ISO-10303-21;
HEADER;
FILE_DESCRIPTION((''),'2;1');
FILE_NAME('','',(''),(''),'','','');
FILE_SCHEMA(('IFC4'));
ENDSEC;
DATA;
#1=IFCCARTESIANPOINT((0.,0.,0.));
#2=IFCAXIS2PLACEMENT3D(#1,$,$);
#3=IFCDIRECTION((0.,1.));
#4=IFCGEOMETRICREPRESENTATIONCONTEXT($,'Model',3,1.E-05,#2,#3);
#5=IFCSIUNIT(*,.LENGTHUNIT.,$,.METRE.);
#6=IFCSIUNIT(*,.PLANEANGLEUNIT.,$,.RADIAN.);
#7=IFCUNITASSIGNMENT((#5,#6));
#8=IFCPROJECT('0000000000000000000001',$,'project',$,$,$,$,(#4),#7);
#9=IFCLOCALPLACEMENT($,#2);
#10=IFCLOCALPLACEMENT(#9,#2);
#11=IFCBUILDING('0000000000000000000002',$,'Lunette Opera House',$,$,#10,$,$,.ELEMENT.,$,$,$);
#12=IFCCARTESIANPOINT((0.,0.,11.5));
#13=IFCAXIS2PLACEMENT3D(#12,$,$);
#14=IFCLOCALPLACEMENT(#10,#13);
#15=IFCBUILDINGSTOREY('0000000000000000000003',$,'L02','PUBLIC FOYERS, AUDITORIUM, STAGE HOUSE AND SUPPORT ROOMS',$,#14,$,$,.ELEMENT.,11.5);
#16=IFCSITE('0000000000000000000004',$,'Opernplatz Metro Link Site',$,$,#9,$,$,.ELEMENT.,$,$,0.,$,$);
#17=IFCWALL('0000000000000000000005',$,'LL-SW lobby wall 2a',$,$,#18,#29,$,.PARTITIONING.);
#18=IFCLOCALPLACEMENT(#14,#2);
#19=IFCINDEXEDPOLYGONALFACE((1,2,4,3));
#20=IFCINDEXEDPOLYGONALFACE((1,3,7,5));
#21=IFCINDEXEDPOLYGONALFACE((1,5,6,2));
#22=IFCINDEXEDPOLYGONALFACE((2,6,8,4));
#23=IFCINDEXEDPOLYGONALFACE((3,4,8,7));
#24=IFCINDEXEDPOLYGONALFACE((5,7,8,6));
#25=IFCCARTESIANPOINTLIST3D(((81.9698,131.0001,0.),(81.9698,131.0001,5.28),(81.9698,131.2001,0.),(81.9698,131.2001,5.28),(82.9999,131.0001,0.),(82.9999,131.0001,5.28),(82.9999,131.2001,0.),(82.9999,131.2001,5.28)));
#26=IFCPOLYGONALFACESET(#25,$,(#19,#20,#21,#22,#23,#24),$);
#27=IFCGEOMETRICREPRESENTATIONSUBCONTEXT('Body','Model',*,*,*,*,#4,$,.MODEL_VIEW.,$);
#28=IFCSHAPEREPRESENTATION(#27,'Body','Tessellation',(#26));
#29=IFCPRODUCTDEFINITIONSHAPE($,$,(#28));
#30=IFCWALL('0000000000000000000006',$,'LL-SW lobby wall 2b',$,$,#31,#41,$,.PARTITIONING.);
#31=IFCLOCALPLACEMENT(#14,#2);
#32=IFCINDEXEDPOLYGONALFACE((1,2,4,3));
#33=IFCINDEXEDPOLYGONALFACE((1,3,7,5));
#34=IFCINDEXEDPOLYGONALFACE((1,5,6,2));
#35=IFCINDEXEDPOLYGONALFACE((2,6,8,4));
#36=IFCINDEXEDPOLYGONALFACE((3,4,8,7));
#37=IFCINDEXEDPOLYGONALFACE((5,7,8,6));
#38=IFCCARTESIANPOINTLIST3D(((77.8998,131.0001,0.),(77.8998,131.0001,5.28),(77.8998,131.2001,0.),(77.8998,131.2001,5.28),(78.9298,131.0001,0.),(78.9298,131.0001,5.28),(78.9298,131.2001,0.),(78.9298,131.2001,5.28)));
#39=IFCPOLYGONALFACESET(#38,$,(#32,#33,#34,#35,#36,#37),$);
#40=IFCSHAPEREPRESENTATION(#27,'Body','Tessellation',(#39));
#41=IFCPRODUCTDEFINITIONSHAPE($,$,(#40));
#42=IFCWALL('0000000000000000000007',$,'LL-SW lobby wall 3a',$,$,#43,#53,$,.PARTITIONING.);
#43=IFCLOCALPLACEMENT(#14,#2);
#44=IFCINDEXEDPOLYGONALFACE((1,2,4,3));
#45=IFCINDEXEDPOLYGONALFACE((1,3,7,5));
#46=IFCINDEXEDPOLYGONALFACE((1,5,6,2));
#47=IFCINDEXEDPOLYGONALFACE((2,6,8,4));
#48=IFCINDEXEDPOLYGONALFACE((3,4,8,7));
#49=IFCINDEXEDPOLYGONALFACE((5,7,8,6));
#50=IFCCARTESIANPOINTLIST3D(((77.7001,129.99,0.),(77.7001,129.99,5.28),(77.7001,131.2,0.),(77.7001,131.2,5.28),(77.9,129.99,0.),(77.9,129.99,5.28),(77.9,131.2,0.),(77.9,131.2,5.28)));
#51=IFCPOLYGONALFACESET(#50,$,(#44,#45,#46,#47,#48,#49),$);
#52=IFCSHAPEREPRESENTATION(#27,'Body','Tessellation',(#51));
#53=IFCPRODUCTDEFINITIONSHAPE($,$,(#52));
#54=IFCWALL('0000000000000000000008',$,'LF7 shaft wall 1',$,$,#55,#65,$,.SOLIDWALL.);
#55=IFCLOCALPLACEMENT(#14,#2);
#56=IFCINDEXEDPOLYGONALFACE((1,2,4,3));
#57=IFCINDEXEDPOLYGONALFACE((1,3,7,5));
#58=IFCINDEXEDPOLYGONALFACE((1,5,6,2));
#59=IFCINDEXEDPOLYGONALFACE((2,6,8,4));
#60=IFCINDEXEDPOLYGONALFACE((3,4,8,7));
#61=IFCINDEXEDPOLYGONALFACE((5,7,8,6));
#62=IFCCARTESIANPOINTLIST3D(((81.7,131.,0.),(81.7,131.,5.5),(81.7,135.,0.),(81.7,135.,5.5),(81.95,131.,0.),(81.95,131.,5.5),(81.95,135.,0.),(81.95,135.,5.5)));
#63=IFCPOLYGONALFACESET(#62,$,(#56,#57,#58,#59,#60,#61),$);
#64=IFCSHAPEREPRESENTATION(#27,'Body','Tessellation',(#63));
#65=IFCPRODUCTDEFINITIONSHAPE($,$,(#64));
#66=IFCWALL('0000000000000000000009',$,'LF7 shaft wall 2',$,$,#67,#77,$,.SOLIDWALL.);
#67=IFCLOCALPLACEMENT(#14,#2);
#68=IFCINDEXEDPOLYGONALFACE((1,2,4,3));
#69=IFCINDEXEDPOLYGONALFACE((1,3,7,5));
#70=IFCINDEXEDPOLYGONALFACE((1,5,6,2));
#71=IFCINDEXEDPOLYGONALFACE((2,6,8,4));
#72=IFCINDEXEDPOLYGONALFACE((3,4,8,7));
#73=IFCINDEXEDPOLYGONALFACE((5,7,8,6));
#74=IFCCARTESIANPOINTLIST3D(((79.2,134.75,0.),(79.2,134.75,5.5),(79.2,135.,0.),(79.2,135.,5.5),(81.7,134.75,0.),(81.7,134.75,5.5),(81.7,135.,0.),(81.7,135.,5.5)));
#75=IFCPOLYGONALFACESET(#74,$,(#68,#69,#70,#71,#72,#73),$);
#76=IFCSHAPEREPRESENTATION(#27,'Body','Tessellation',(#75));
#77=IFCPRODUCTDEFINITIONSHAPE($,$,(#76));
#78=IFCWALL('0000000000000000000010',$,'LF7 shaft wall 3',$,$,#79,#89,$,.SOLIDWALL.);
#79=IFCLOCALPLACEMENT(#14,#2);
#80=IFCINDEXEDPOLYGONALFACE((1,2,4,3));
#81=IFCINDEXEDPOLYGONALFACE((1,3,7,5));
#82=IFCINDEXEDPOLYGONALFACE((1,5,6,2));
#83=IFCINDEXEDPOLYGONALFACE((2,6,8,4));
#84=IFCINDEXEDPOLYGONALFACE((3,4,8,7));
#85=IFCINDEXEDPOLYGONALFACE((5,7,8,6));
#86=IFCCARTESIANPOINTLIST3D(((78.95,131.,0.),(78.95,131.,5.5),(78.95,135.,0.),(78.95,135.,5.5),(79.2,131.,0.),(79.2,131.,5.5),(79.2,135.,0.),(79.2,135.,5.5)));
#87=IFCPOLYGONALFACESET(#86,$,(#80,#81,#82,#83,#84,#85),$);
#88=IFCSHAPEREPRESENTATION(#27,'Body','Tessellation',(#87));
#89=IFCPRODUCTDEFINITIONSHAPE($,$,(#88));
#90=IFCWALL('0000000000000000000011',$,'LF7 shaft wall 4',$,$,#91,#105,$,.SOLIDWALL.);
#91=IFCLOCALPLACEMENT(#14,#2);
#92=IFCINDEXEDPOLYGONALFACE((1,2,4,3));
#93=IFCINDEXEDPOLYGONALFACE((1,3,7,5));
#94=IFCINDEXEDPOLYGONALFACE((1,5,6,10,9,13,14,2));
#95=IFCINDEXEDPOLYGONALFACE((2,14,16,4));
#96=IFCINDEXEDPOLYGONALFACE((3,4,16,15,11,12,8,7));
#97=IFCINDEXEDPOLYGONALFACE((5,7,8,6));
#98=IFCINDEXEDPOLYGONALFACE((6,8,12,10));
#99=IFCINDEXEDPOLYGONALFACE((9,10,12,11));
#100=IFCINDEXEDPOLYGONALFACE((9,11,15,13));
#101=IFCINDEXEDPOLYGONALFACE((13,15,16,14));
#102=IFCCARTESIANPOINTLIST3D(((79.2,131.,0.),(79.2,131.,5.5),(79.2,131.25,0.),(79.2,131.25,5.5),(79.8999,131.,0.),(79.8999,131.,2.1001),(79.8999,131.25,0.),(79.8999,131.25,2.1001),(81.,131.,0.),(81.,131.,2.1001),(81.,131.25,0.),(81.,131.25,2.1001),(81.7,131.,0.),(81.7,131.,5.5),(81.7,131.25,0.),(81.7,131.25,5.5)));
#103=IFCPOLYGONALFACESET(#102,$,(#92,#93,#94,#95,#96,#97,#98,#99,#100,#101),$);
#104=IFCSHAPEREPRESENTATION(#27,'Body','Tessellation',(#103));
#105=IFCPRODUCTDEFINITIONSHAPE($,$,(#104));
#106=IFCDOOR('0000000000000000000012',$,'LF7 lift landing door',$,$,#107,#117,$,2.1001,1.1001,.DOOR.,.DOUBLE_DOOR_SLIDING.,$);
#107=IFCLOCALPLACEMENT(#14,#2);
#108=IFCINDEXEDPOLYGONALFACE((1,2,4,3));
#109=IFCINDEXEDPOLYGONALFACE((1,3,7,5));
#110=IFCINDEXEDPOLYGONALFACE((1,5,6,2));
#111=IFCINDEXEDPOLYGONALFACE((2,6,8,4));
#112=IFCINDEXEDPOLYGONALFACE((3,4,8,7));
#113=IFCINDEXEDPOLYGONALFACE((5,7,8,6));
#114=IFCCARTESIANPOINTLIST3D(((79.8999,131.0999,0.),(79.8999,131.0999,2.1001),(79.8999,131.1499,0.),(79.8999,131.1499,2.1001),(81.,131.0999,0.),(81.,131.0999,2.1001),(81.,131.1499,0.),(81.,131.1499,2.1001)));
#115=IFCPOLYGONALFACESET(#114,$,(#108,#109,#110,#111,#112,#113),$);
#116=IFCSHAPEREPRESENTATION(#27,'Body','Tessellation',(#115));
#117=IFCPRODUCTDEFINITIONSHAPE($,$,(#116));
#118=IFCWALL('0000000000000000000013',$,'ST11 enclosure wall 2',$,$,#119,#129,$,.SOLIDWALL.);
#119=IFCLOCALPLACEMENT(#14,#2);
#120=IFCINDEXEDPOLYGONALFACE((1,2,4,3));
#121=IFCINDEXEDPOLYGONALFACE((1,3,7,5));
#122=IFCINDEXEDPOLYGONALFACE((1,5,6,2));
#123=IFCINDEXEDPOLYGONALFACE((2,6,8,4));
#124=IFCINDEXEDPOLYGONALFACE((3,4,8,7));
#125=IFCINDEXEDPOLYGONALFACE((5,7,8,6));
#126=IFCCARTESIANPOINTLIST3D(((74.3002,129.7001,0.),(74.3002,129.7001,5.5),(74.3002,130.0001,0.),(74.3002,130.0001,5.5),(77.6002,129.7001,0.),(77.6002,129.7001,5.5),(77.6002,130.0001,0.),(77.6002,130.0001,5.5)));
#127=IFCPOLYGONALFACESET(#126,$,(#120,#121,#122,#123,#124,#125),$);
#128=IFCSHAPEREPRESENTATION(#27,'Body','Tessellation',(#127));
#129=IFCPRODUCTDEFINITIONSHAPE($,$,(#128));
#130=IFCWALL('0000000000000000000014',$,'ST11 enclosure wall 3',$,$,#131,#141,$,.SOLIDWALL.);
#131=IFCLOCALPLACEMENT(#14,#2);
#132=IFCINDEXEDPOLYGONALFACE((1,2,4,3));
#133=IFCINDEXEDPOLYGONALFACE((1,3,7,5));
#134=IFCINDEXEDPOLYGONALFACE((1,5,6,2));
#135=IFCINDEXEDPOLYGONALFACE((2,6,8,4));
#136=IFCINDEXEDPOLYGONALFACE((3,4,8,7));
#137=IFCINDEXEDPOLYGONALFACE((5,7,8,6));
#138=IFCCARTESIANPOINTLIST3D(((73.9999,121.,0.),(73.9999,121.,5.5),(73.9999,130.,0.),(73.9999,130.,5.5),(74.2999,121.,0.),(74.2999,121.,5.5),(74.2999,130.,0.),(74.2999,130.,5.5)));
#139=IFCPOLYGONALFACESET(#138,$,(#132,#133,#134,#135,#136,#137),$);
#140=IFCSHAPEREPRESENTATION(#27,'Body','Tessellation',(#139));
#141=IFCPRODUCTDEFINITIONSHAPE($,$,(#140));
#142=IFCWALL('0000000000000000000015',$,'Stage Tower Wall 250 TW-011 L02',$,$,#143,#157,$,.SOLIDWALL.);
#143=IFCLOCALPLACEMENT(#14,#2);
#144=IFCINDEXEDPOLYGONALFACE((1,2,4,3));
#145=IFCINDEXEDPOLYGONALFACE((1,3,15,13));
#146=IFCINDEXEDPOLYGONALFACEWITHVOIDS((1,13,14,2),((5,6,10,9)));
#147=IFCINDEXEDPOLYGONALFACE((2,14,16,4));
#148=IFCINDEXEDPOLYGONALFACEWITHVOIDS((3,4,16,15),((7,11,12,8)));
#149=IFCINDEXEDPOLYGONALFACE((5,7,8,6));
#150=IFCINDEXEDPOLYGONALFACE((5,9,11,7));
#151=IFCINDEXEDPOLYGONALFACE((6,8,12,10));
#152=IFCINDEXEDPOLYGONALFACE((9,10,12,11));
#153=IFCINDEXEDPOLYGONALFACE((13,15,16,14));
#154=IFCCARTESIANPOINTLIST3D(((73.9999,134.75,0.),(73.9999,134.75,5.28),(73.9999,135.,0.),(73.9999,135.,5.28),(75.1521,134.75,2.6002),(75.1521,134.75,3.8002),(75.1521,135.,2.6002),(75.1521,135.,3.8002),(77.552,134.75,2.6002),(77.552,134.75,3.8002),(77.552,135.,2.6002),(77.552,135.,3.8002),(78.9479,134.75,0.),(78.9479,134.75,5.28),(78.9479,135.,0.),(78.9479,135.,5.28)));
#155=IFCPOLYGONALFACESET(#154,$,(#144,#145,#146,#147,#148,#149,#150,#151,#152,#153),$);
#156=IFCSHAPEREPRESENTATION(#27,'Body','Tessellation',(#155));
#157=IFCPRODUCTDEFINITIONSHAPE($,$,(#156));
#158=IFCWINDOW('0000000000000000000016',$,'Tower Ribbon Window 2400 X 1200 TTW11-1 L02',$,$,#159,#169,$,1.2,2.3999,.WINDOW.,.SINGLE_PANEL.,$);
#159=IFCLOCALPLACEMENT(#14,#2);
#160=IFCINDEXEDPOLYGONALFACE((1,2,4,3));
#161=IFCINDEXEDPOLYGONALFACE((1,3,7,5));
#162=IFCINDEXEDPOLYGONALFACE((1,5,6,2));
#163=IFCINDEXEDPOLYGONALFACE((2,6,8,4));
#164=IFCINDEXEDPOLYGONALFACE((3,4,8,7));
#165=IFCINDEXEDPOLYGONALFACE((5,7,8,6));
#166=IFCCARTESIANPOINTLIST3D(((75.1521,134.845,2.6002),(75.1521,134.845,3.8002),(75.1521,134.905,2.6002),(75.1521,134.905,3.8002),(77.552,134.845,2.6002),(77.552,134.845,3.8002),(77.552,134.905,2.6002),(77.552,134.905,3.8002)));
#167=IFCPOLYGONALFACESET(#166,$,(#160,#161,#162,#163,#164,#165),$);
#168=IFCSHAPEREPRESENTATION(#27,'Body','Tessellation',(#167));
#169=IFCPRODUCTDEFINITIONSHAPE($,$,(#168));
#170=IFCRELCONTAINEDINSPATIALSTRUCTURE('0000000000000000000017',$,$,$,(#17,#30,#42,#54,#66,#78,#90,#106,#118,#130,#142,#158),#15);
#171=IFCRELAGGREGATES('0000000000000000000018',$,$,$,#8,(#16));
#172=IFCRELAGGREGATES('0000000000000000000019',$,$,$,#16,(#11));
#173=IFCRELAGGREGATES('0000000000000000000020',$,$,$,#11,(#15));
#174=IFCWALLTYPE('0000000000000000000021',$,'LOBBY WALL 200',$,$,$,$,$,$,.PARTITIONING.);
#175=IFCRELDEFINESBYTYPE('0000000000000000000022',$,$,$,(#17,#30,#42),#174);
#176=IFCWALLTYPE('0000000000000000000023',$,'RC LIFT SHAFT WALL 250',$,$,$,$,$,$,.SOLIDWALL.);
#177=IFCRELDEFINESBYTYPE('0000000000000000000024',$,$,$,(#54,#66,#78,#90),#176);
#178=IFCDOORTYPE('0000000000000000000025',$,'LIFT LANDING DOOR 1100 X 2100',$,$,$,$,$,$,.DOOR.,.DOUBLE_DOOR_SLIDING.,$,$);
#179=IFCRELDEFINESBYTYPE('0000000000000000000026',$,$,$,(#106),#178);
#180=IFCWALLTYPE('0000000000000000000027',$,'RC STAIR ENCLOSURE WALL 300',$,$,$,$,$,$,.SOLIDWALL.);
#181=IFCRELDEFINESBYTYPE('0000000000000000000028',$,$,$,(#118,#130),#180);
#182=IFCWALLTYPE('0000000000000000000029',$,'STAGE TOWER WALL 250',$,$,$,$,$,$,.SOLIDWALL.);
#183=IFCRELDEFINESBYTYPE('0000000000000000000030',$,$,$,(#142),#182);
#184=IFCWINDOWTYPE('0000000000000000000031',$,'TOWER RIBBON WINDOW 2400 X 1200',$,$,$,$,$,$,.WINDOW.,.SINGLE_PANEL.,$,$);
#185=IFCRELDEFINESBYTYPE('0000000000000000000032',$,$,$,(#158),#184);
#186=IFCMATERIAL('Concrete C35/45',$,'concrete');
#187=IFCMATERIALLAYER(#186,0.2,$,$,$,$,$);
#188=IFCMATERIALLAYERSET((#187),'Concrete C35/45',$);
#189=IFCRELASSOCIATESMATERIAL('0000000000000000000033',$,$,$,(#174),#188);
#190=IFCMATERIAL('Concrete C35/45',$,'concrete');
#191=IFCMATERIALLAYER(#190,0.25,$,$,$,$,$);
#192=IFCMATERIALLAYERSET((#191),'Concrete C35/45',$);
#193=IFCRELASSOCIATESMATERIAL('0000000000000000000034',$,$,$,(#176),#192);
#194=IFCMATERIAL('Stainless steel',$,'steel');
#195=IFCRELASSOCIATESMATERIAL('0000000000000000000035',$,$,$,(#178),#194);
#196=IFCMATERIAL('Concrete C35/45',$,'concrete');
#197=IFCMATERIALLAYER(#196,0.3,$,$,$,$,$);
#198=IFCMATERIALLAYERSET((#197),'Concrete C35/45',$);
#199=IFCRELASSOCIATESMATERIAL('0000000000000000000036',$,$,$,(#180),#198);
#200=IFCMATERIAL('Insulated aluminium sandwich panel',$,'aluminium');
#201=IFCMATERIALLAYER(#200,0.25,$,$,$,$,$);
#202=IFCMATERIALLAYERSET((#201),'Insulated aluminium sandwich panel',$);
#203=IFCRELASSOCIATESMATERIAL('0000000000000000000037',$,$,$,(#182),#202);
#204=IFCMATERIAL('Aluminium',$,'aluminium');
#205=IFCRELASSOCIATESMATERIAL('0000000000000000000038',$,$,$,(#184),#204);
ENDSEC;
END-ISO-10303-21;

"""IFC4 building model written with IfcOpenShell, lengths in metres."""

from ifc_helpers import new_model, si_unit, direction, frame, frame_2d, origin, place, context, subcontext, project, spatial, rectangle, extrude, material, layer, layer_set, type_object, element, fill, save


model = new_model("IFC4")

# Units and contexts
model_context = context("Model", 3, precision=1e-05, world=origin(), true_north=direction((0.0, 1.0)))
body_context = subcontext(model_context, "Body", "Model", "MODEL_VIEW")
ifc_project = project(units=[si_unit("LENGTHUNIT", "METRE"), si_unit("PLANEANGLEUNIT", "RADIAN")], contexts=[model_context])

# Site, building, storey
site_placement = place(None, origin())
site = spatial("IfcSite", under=ifc_project, at=site_placement, Name="Opernplatz Metro Link Site", CompositionType="ELEMENT", RefElevation=0.0)
building_placement = place(site_placement, origin())
building = spatial("IfcBuilding", under=site, at=building_placement, Name="Lunette Opera House", CompositionType="ELEMENT")
storey_placement = place(building_placement, frame((0.0, 0.0, 11.5)))
storey = spatial("IfcBuildingStorey", under=building, at=storey_placement, Name="L02", Description="PUBLIC FOYERS, AUDITORIUM, STAGE HOUSE AND SUPPORT ROOMS", CompositionType="ELEMENT", Elevation=11.5)

# Walls
ifc_material_1 = material(Name="Concrete C35/45", Category="concrete")
ifc_layer_1 = layer(ifc_material_1, 0.2)
ifc_layer_set_1 = layer_set([ifc_layer_1], Name="Concrete C35/45")
wall_type_1 = type_object("IfcWallType", Name="LOBBY WALL 200", PredefinedType="PARTITIONING", material=ifc_layer_set_1)
for number, where, z_axis, x_axis, name in (
    (1, (83.0, 131.1001, 0.0), (0.0, 0.0, 1.0), (-1.0, 0.0, 0.0), "LL-SW lobby wall 2a"),
    (2, (78.9299, 131.1001, 0.0), (0.0, 0.0, 1.0), (-1.0, 0.0, 0.0), "LL-SW lobby wall 2b"),
):
    element("IfcWall", number, at=place(storey_placement, frame(where, z_axis=z_axis, x_axis=x_axis)), inside=storey, type_object=wall_type_1, Name=name, PredefinedType="PARTITIONING", context=body_context, shape_type="SweptSolid", body=[
        extrude(rectangle(XDim=1.03, YDim=0.2, at=frame_2d((0.5151, 0.0))), origin(), (0.0, 0.0, 1.0), 5.28),
    ])
wall_1_placement = place(storey_placement, frame((77.8, 131.2, 0.0), z_axis=(0.0, 0.0, 1.0), x_axis=(0.0, -1.0, 0.0)))
element("IfcWall", 3, at=wall_1_placement, inside=storey, type_object=wall_type_1, Name="LL-SW lobby wall 3a", PredefinedType="PARTITIONING", context=body_context, shape_type="SweptSolid", body=[
    extrude(rectangle(XDim=1.21, YDim=0.2, at=frame_2d((0.605, 0.0))), origin(), (0.0, 0.0, 1.0), 5.28),
])
ifc_material_2 = material(Name="Concrete C35/45", Category="concrete")
ifc_layer_2 = layer(ifc_material_2, 0.25)
ifc_layer_set_2 = layer_set([ifc_layer_2], Name="Concrete C35/45")
wall_type_2 = type_object("IfcWallType", Name="RC LIFT SHAFT WALL 250", PredefinedType="SOLIDWALL", material=ifc_layer_set_2)
wall_2_placement = place(storey_placement, frame((81.825, 131.0, 0.0), z_axis=(0.0, 0.0, 1.0), x_axis=(0.0, 1.0, 0.0)))
element("IfcWall", 4, at=wall_2_placement, inside=storey, type_object=wall_type_2, Name="LF7 shaft wall 1", PredefinedType="SOLIDWALL", context=body_context, shape_type="SweptSolid", body=[
    extrude(rectangle(XDim=4.0, YDim=0.25, at=frame_2d((2.0, 0.0))), origin(), (0.0, 0.0, 1.0), 5.5),
])
wall_3_placement = place(storey_placement, frame((81.7, 134.875, 0.0), z_axis=(0.0, 0.0, 1.0), x_axis=(-1.0, 0.0, 0.0)))
element("IfcWall", 5, at=wall_3_placement, inside=storey, type_object=wall_type_2, Name="LF7 shaft wall 2", PredefinedType="SOLIDWALL", context=body_context, shape_type="SweptSolid", body=[
    extrude(rectangle(XDim=2.5, YDim=0.25, at=frame_2d((1.25, 0.0))), origin(), (0.0, 0.0, 1.0), 5.5),
])
wall_4_placement = place(storey_placement, frame((79.075, 135.0, 0.0), z_axis=(0.0, 0.0, 1.0), x_axis=(0.0, -1.0, 0.0)))
element("IfcWall", 6, at=wall_4_placement, inside=storey, type_object=wall_type_2, Name="LF7 shaft wall 3", PredefinedType="SOLIDWALL", context=body_context, shape_type="SweptSolid", body=[
    extrude(rectangle(XDim=4.0, YDim=0.25, at=frame_2d((2.0, 0.0))), origin(), (0.0, 0.0, 1.0), 5.5),
])

# Wall, opening, door
wall_5_placement = place(storey_placement, frame((79.2, 131.125, 0.0), z_axis=(0.0, 0.0, 1.0), x_axis=(1.0, 0.0, 0.0)))
wall_5 = element("IfcWall", 7, at=wall_5_placement, inside=storey, type_object=wall_type_2, Name="LF7 shaft wall 4", PredefinedType="SOLIDWALL", context=body_context, shape_type="SweptSolid", body=[
    extrude(rectangle(XDim=2.5, YDim=0.25, at=frame_2d((1.25, 0.0))), origin(), (0.0, 0.0, 1.0), 5.5),
])
opening_1_placement = place(wall_5_placement, frame((0.7, 0.0, 0.0)))
opening_1 = element("IfcOpeningElement", 8, at=opening_1_placement, cuts=wall_5, PredefinedType="OPENING", context=body_context, shape_type="SweptSolid", body=[
    extrude(rectangle(XDim=1.1001, YDim=2.1001, at=frame_2d((0.55, 1.05))), frame((0.0, 0.137, 0.0), z_axis=(0.0, -1.0, 0.0), x_axis=(1.0, 0.0, 0.0)), (0.0, 0.0, 1.0), 0.2739),
])
ifc_material_3 = material(Name="Stainless steel", Category="steel")
door_type = type_object("IfcDoorType", Name="LIFT LANDING DOOR 1100 X 2100", OperationType="DOUBLE_DOOR_SLIDING", PredefinedType="DOOR", material=ifc_material_3)
door_placement = place(opening_1_placement, origin())
door = element("IfcDoor", 9, at=door_placement, inside=storey, type_object=door_type, Name="LF7 lift landing door", OperationType="DOUBLE_DOOR_SLIDING", OverallHeight=2.1001, OverallWidth=1.1001, PredefinedType="DOOR", context=body_context, shape_type="SweptSolid", body=[
    extrude(rectangle(XDim=1.1001, YDim=2.1001, at=frame_2d((0.55, 1.05))), frame((0.0, 0.0249, 0.0), z_axis=(0.0, -1.0, 0.0), x_axis=(1.0, 0.0, 0.0)), (0.0, 0.0, 1.0), 0.05),
])
fill(opening_1, door)

# Walls
ifc_material_4 = material(Name="Concrete C35/45", Category="concrete")
ifc_layer_3 = layer(ifc_material_4, 0.3)
ifc_layer_set_3 = layer_set([ifc_layer_3], Name="Concrete C35/45")
wall_type_3 = type_object("IfcWallType", Name="RC STAIR ENCLOSURE WALL 300", PredefinedType="SOLIDWALL", material=ifc_layer_set_3)
wall_6_placement = place(storey_placement, frame((77.6001, 129.8501, 0.0), z_axis=(0.0, 0.0, 1.0), x_axis=(-1.0, 0.0, 0.0)))
element("IfcWall", 10, at=wall_6_placement, inside=storey, type_object=wall_type_3, Name="ST11 enclosure wall 2", PredefinedType="SOLIDWALL", context=body_context, shape_type="SweptSolid", body=[
    extrude(rectangle(XDim=3.3, YDim=0.3, at=frame_2d((1.6499, 0.0))), origin(), (0.0, 0.0, 1.0), 5.5),
])
wall_7_placement = place(storey_placement, frame((74.1499, 130.0, 0.0), z_axis=(0.0, 0.0, 1.0), x_axis=(0.0, -1.0, 0.0)))
element("IfcWall", 11, at=wall_7_placement, inside=storey, type_object=wall_type_3, Name="ST11 enclosure wall 3", PredefinedType="SOLIDWALL", context=body_context, shape_type="SweptSolid", body=[
    extrude(rectangle(XDim=9.0, YDim=0.3, at=frame_2d((4.5, 0.0))), origin(), (0.0, 0.0, 1.0), 5.5),
])

# Wall, opening, window
ifc_material_5 = material(Name="Insulated aluminium sandwich panel", Category="aluminium")
ifc_layer_4 = layer(ifc_material_5, 0.25)
ifc_layer_set_4 = layer_set([ifc_layer_4], Name="Insulated aluminium sandwich panel")
wall_type_4 = type_object("IfcWallType", Name="STAGE TOWER WALL 250", PredefinedType="SOLIDWALL", material=ifc_layer_set_4)
wall_8_placement = place(storey_placement, frame((78.948, 134.875, 0.0), z_axis=(0.0, 0.0, 1.0), x_axis=(-1.0, 0.0, 0.0)))
wall_8 = element("IfcWall", 12, at=wall_8_placement, inside=storey, type_object=wall_type_4, Name="Stage Tower Wall 250 TW-011 L02", PredefinedType="SOLIDWALL", context=body_context, shape_type="SweptSolid", body=[
    extrude(rectangle(XDim=4.948, YDim=0.25, at=frame_2d((2.4741, 0.0))), origin(), (0.0, 0.0, 1.0), 5.28),
])
opening_2_placement = place(wall_8_placement, frame((1.396, 0.0, 2.6001)))
opening_2 = element("IfcOpeningElement", 13, at=opening_2_placement, cuts=wall_8, PredefinedType="OPENING", context=body_context, shape_type="SweptSolid", body=[
    extrude(rectangle(XDim=2.3999, YDim=1.2, at=frame_2d((1.2, 0.6001))), frame((0.0, 0.137, 0.0), z_axis=(0.0, -1.0, 0.0), x_axis=(1.0, 0.0, 0.0)), (0.0, 0.0, 1.0), 0.2739),
])
ifc_material_6 = material(Name="Aluminium", Category="aluminium")
window_type = type_object("IfcWindowType", Name="TOWER RIBBON WINDOW 2400 X 1200", PartitioningType="SINGLE_PANEL", PredefinedType="WINDOW", material=ifc_material_6)
window_1_placement = place(opening_2_placement, origin())
window_1 = element("IfcWindow", 14, at=window_1_placement, inside=storey, type_object=window_type, Name="Tower Ribbon Window 2400 X 1200 TTW11-1 L02", OverallHeight=1.2, OverallWidth=2.3999, PartitioningType="SINGLE_PANEL", PredefinedType="WINDOW", context=body_context, shape_type="SweptSolid", body=[
    extrude(rectangle(XDim=2.3999, YDim=1.2, at=frame_2d((1.2, 0.6001))), frame((0.0, 0.03, 0.0), z_axis=(0.0, -1.0, 0.0), x_axis=(1.0, 0.0, 0.0)), (0.0, 0.0, 1.0), 0.0601),
])
fill(opening_2, window_1)

save(model, "model.ifc")
